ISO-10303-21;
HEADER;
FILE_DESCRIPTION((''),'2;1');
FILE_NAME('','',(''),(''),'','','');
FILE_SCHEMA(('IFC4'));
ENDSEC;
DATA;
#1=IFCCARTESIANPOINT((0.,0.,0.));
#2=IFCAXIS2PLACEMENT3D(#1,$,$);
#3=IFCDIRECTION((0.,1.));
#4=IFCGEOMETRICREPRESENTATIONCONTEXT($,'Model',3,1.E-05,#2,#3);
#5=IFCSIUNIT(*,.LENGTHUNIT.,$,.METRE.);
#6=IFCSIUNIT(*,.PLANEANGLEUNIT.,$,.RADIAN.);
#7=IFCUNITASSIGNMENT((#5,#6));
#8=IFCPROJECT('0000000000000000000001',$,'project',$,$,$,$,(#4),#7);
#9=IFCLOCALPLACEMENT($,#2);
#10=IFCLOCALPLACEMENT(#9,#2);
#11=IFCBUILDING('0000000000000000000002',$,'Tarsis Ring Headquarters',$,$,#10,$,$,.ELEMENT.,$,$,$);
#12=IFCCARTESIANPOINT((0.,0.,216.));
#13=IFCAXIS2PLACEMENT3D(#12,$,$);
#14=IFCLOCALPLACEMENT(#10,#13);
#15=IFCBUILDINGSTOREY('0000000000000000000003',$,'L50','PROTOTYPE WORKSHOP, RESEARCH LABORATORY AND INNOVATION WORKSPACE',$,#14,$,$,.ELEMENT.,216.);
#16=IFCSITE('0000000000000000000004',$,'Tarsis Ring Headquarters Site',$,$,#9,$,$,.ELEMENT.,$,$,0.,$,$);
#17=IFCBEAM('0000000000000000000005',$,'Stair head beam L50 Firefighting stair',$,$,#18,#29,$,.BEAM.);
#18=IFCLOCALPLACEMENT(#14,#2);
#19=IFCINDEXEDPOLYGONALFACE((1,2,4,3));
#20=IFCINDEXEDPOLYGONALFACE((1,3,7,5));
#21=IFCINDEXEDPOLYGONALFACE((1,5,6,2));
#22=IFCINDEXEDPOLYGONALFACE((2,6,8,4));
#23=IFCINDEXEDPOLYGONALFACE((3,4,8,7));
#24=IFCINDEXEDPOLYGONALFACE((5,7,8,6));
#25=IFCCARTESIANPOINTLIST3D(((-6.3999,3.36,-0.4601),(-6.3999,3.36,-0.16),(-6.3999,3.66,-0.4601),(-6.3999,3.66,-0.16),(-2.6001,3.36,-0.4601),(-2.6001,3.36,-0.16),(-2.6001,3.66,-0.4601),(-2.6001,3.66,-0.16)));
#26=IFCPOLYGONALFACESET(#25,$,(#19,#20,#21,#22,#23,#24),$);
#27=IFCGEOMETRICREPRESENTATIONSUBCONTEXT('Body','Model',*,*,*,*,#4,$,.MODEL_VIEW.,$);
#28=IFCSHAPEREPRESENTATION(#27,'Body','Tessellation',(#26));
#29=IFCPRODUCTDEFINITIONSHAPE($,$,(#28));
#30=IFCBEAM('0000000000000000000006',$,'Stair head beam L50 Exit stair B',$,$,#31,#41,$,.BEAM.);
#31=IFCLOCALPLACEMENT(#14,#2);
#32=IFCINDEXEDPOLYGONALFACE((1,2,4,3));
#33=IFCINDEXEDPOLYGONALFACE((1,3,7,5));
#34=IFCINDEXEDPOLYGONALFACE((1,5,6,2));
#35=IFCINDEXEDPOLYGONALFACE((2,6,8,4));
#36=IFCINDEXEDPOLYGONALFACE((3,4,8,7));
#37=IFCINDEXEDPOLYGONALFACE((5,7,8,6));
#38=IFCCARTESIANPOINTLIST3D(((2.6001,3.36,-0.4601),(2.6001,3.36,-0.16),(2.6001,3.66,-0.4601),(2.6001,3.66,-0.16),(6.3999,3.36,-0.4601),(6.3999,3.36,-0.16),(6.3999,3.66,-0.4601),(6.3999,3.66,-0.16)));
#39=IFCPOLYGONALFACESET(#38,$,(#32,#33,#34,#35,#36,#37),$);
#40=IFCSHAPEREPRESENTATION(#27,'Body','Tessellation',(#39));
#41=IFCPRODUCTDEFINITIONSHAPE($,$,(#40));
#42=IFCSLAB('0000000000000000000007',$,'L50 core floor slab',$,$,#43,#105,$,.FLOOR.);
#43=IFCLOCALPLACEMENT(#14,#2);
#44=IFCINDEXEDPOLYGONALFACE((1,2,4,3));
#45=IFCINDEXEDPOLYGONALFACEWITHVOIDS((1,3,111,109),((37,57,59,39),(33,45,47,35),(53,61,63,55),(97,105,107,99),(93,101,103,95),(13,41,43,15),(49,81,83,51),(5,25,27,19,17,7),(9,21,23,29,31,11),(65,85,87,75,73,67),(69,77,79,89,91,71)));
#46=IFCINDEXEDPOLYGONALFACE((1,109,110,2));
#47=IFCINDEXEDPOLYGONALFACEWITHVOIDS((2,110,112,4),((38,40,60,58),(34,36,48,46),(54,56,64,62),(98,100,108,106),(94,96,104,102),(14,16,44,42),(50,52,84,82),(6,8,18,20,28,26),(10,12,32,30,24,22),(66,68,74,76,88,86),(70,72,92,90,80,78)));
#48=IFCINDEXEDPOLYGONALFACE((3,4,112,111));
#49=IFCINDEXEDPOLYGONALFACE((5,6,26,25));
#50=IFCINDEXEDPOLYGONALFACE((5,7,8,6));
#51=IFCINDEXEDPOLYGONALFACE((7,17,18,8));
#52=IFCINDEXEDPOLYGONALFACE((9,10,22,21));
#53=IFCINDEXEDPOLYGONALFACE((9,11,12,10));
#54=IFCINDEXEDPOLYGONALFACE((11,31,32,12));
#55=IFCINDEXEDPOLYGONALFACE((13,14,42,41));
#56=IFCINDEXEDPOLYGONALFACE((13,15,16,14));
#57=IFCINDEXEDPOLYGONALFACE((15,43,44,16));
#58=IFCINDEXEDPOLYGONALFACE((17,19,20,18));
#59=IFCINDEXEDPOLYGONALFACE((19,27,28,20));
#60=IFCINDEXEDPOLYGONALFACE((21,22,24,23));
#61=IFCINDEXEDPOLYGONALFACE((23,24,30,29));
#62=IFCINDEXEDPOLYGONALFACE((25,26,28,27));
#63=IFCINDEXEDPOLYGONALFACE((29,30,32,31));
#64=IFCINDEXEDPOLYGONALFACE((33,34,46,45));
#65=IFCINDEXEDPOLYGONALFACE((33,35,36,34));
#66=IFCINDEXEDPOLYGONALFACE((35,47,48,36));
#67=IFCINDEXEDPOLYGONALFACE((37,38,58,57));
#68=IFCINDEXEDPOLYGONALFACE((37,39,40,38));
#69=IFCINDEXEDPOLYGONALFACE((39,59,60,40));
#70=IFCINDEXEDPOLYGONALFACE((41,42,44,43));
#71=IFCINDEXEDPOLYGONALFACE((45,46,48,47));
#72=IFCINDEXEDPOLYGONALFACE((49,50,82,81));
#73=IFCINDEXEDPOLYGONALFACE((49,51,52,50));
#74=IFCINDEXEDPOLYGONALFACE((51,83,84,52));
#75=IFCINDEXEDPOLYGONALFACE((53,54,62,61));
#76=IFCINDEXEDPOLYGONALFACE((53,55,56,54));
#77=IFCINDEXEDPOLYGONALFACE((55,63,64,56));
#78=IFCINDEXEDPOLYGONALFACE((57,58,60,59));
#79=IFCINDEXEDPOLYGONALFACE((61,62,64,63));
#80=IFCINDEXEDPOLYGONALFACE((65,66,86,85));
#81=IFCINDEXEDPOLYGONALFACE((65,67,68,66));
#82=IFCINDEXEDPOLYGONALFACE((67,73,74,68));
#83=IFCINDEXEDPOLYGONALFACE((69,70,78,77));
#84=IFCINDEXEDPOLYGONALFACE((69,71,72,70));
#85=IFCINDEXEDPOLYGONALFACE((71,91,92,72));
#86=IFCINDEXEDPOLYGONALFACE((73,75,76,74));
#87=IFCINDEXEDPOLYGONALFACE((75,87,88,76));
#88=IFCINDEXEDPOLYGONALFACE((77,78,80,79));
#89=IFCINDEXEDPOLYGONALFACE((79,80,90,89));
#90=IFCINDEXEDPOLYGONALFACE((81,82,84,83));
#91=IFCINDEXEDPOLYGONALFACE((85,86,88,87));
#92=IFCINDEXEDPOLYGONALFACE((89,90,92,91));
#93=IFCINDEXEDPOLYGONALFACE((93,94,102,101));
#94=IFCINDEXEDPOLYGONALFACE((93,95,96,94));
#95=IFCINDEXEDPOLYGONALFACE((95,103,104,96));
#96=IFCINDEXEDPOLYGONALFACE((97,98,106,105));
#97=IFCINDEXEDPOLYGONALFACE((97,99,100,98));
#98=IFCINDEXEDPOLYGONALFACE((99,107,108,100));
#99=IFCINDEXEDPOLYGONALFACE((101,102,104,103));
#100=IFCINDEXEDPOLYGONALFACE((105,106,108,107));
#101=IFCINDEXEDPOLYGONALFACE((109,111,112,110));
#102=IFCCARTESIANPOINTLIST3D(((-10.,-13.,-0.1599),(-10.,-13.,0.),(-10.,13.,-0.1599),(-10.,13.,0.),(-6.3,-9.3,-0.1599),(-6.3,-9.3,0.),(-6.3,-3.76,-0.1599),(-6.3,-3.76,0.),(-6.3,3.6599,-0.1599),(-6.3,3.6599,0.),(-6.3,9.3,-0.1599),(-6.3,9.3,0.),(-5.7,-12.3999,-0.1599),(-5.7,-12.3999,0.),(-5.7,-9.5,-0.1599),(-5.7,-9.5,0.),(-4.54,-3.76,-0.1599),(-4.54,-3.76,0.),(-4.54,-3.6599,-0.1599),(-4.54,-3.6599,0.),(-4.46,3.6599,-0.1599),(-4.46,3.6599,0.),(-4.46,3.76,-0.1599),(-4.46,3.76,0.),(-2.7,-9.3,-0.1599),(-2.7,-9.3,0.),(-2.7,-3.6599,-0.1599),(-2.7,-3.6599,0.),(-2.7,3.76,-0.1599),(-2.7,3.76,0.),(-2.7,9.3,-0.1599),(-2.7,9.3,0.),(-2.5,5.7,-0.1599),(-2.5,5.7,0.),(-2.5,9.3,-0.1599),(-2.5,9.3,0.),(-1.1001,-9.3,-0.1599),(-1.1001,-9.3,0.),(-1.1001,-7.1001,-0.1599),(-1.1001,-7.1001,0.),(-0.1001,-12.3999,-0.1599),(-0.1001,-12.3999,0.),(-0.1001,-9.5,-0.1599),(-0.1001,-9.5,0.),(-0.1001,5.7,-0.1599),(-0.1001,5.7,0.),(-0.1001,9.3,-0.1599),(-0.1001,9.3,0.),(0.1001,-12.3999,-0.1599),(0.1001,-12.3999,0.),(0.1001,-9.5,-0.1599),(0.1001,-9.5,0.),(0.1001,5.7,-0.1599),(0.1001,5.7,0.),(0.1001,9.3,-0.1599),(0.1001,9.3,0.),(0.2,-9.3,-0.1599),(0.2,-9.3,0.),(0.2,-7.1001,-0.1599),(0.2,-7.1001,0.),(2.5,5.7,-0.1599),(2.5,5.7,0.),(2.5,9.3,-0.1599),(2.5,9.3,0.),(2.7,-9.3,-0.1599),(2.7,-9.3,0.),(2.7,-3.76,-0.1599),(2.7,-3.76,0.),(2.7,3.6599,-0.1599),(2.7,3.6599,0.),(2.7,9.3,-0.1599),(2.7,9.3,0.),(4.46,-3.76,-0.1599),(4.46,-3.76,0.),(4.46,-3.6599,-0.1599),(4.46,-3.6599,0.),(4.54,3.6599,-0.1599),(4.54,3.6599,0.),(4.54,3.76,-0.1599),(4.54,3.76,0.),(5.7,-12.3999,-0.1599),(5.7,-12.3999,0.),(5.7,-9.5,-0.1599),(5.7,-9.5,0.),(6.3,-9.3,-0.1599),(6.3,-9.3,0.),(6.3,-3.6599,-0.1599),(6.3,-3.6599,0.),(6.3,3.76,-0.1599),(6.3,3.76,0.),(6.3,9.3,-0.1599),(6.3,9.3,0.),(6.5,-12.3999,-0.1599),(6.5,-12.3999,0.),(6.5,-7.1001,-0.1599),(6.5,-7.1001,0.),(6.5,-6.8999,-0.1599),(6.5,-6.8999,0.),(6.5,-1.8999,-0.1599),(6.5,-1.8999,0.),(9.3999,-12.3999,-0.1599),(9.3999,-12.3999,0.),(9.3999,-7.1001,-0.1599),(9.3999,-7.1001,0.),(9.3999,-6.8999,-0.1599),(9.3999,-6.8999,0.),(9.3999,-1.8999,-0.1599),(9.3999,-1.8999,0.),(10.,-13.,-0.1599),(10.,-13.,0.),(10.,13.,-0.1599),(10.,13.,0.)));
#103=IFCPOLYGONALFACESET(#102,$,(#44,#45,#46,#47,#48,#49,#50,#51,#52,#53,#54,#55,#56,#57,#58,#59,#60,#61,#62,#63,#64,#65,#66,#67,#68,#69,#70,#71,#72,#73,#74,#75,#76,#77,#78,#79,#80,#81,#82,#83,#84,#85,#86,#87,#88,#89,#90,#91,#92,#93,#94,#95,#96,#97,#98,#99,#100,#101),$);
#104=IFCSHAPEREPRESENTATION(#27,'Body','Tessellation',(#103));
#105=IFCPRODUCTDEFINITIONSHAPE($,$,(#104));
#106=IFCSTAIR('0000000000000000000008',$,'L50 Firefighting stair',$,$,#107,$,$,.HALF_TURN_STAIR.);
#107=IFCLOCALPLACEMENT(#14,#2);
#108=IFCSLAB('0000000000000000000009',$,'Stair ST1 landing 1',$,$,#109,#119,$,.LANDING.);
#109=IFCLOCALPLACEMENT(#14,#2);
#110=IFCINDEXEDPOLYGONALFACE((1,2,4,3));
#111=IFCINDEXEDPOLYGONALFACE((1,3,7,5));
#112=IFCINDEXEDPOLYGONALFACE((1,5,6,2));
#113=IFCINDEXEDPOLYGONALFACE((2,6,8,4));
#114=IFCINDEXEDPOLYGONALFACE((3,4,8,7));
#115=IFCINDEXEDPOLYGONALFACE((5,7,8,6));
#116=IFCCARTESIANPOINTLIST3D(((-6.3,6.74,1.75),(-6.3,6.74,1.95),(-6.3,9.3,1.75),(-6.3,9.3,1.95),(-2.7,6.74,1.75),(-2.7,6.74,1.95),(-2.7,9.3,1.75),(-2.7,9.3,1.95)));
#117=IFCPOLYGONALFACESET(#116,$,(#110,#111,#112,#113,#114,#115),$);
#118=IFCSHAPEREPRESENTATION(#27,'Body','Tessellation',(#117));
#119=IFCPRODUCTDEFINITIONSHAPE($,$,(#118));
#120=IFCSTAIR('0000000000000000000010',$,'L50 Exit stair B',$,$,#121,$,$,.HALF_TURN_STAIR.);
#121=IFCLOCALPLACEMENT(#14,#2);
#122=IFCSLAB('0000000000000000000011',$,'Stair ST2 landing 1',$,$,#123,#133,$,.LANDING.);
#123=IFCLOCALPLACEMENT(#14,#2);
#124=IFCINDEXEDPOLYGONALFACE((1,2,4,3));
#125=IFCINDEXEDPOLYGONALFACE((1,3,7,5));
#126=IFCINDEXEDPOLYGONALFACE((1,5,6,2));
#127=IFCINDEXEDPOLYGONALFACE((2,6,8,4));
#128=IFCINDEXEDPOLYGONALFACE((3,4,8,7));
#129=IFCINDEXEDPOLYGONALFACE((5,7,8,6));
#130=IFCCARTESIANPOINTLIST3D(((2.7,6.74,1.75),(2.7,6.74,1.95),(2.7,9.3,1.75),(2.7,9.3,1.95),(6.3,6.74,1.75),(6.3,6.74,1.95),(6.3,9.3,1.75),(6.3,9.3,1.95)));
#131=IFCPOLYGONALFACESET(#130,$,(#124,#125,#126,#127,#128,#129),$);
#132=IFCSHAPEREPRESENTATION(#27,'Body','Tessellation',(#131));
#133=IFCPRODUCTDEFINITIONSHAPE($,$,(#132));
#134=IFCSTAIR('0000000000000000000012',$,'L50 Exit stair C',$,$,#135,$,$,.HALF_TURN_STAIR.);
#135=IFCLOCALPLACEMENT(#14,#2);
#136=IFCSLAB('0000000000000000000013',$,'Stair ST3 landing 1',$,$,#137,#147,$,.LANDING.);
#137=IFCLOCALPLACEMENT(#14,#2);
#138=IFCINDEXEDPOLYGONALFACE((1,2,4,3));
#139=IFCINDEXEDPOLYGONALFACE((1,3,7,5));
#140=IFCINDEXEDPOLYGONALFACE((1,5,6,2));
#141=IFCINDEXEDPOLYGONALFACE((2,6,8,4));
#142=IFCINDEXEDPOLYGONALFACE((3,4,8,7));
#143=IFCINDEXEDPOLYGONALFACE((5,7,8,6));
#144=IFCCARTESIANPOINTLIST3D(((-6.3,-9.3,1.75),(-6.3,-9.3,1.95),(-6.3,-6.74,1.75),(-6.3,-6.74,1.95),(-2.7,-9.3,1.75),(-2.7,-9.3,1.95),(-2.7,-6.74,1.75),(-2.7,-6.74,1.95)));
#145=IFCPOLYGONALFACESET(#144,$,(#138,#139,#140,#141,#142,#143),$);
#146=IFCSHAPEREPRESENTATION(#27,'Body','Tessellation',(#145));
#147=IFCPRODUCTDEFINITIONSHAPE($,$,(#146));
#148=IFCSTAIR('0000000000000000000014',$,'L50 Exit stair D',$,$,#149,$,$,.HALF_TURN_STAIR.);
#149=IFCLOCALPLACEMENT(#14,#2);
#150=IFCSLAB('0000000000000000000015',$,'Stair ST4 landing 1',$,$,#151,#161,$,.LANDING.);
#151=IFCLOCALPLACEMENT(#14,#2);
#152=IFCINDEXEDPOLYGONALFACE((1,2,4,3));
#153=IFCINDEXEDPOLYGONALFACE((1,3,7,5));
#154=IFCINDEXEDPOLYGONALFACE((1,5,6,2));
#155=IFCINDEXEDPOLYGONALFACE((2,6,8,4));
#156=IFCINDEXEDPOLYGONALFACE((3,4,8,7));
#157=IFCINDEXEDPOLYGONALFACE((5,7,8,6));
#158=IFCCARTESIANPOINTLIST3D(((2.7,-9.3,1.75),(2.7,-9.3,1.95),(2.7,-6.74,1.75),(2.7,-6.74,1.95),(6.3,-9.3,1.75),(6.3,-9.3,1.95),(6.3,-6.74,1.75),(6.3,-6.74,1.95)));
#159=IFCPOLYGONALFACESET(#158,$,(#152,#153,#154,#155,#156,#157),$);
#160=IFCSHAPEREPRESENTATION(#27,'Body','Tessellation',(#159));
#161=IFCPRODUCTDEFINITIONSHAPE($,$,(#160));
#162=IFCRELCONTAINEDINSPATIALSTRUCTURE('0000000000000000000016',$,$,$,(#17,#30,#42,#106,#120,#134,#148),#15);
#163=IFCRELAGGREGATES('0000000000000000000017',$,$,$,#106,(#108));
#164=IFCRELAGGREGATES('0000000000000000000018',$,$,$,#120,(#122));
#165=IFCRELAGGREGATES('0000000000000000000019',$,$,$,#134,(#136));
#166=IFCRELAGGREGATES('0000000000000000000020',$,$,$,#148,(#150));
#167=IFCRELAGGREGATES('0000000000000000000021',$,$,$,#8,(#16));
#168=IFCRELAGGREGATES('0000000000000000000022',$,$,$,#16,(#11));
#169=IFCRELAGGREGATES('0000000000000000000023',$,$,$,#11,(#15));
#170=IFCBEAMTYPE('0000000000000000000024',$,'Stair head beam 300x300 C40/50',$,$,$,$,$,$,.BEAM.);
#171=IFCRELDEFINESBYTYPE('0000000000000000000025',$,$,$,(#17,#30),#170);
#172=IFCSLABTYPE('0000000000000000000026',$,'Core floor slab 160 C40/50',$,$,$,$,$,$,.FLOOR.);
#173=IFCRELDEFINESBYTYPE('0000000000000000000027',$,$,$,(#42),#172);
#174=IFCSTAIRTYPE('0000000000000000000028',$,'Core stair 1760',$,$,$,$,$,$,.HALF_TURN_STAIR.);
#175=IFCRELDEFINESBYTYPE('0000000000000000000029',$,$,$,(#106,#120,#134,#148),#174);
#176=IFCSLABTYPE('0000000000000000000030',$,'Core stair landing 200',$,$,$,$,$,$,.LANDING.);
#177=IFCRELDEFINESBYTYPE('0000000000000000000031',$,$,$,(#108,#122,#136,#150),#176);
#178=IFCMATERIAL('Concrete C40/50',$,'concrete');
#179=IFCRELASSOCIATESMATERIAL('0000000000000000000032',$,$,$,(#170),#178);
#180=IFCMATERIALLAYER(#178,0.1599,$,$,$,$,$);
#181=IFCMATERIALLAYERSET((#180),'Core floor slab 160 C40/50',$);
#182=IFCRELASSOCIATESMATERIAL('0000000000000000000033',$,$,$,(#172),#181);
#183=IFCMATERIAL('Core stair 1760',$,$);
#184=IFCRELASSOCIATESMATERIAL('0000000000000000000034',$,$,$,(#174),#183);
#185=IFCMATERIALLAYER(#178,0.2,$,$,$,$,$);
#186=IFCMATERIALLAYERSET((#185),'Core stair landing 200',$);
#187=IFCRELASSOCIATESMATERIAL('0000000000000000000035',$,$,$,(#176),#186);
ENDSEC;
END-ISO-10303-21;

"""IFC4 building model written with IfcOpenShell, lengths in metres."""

from ifc_helpers import new_model, si_unit, direction, frame, origin, origin_2d, place, context, subcontext, project, spatial, polyline, rectangle, outline, extrude, material, layer, layer_set, material_profile, profile_set, type_object, element, aggregate, save


model = new_model("IFC4")

# Units and contexts
model_context = context("Model", 3, precision=1e-05, world=origin(), true_north=direction((0.0, 1.0)))
body_context = subcontext(model_context, "Body", "Model", "MODEL_VIEW")
ifc_project = project(units=[si_unit("LENGTHUNIT", "METRE"), si_unit("PLANEANGLEUNIT", "RADIAN")], contexts=[model_context])

# Site, building, storey
site_placement = place(None, origin())
site = spatial("IfcSite", under=ifc_project, at=site_placement, Name="Tarsis Ring Headquarters Site", CompositionType="ELEMENT", RefElevation=0.0)
building_placement = place(site_placement, origin())
building = spatial("IfcBuilding", under=site, at=building_placement, Name="Tarsis Ring Headquarters", CompositionType="ELEMENT")
storey_placement = place(building_placement, frame((0.0, 0.0, 216.0)))
storey = spatial("IfcBuildingStorey", under=building, at=storey_placement, Name="L50", Description="PROTOTYPE WORKSHOP, RESEARCH LABORATORY AND INNOVATION WORKSPACE", CompositionType="ELEMENT", Elevation=216.0)

# Beams
ifc_material_1 = material(Name="Concrete C40/50", Category="concrete")
ifc_material_profile = material_profile(ifc_material_1, rectangle(XDim=0.3, YDim=0.3, at=origin_2d()), Name="Stair head beam 300x300 C40/50")
ifc_profile_set = profile_set([ifc_material_profile], Name="Concrete C40/50")
beam_type = type_object("IfcBeamType", Name="Stair head beam 300x300 C40/50", PredefinedType="BEAM", material=ifc_profile_set)
for number, where, z_axis, x_axis, name in (
    (1, (-6.3999, 3.51, -0.3101), (1.0, 0.0, 0.0), (0.0, 1.0, 0.0), "Stair head beam L50 Firefighting stair"),
    (2, (2.6001, 3.51, -0.3101), (1.0, 0.0, 0.0), (0.0, 1.0, 0.0), "Stair head beam L50 Exit stair B"),
):
    element("IfcBeam", number, at=place(storey_placement, frame(where, z_axis=z_axis, x_axis=x_axis)), inside=storey, type_object=beam_type, Name=name, PredefinedType="BEAM", context=body_context, shape_type="SweptSolid", body=[
        extrude(rectangle(XDim=0.3, YDim=0.3, at=origin_2d()), origin(), (0.0, 0.0, 1.0), 3.7998),
    ])

# Slab
ifc_layer_1 = layer(ifc_material_1, 0.1599)
ifc_layer_set_1 = layer_set([ifc_layer_1], Name="Core floor slab 160 C40/50")
slab_type_1 = type_object("IfcSlabType", Name="Core floor slab 160 C40/50", PredefinedType="FLOOR", material=ifc_layer_set_1)
slab_1_placement = place(storey_placement, frame((0.0, 0.0, -0.1599)))
element("IfcSlab", 3, at=slab_1_placement, inside=storey, type_object=slab_type_1, Name="L50 core floor slab", PredefinedType="FLOOR", context=body_context, shape_type="SweptSolid", body=[
    extrude(outline(polyline([(-10.0, -13.0), (10.0, -13.0), (10.0, 13.0), (-10.0, 13.0), (-10.0, -13.0)]), holes=[polyline([(-2.5, 5.7), (-0.1001, 5.7), (-0.1001, 9.3), (-2.5, 9.3), (-2.5, 5.7)]), polyline([(0.1001, 5.7), (2.5, 5.7), (2.5, 9.3), (0.1001, 9.3), (0.1001, 5.7)]), polyline([(6.5, -12.3999), (9.3999, -12.3999), (9.3999, -7.1001), (6.5, -7.1001), (6.5, -12.3999)]), polyline([(6.5, -6.8999), (9.3999, -6.8999), (9.3999, -1.8999), (6.5, -1.8999), (6.5, -6.8999)]), polyline([(-5.7, -12.3999), (-0.1001, -12.3999), (-0.1001, -9.5), (-5.7, -9.5), (-5.7, -12.3999)]), polyline([(0.1001, -12.3999), (5.7, -12.3999), (5.7, -9.5), (0.1001, -9.5), (0.1001, -12.3999)]), polyline([(-1.1001, -9.3), (0.2, -9.3), (0.2, -7.1001), (-1.1001, -7.1001), (-1.1001, -9.3)]), polyline([(-2.7, 3.76), (-2.7, 9.3), (-6.3, 9.3), (-6.3, 3.6599), (-4.46, 3.6599), (-4.46, 3.76), (-2.7, 3.76)]), polyline([(6.3, 3.76), (6.3, 9.3), (2.7, 9.3), (2.7, 3.6599), (4.54, 3.6599), (4.54, 3.76), (6.3, 3.76)]), polyline([(-6.3, -3.76), (-6.3, -9.3), (-2.7, -9.3), (-2.7, -3.6599), (-4.54, -3.6599), (-4.54, -3.76), (-6.3, -3.76)]), polyline([(2.7, -3.76), (2.7, -9.3), (6.3, -9.3), (6.3, -3.6599), (4.46, -3.6599), (4.46, -3.76), (2.7, -3.76)])]), origin(), (0.0, 0.0, 1.0), 0.1599),
])

# Stairs, slabs
ifc_material_2 = material(Name="Core stair 1760")
stair_type = type_object("IfcStairType", Name="Core stair 1760", PredefinedType="HALF_TURN_STAIR", material=ifc_material_2)
stair_1_placement = place(storey_placement, origin())
stair_1 = element("IfcStair", 4, at=stair_1_placement, inside=storey, type_object=stair_type, Name="L50 Firefighting stair", PredefinedType="HALF_TURN_STAIR")
ifc_layer_2 = layer(ifc_material_1, 0.2)
ifc_layer_set_2 = layer_set([ifc_layer_2], Name="Core stair landing 200")
slab_type_2 = type_object("IfcSlabType", Name="Core stair landing 200", PredefinedType="LANDING", material=ifc_layer_set_2)
slab_2_placement = place(storey_placement, frame((0.0, 0.0, 1.75)))
slab_2 = element("IfcSlab", 5, at=slab_2_placement, type_object=slab_type_2, Name="Stair ST1 landing 1", PredefinedType="LANDING", context=body_context, shape_type="SweptSolid", body=[
    extrude(outline(polyline([(-2.7, 6.74), (-2.7, 9.3), (-6.3, 9.3), (-6.3, 6.74), (-2.7, 6.74)])), origin(), (0.0, 0.0, 1.0), 0.2),
])
aggregate(stair_1, [slab_2])
stair_2_placement = place(storey_placement, origin())
stair_2 = element("IfcStair", 6, at=stair_2_placement, inside=storey, type_object=stair_type, Name="L50 Exit stair B", PredefinedType="HALF_TURN_STAIR")
slab_3_placement = place(storey_placement, frame((0.0, 0.0, 1.75)))
slab_3 = element("IfcSlab", 7, at=slab_3_placement, type_object=slab_type_2, Name="Stair ST2 landing 1", PredefinedType="LANDING", context=body_context, shape_type="SweptSolid", body=[
    extrude(outline(polyline([(6.3, 6.74), (6.3, 9.3), (2.7, 9.3), (2.7, 6.74), (6.3, 6.74)])), origin(), (0.0, 0.0, 1.0), 0.2),
])
aggregate(stair_2, [slab_3])
stair_3_placement = place(storey_placement, origin())
stair_3 = element("IfcStair", 8, at=stair_3_placement, inside=storey, type_object=stair_type, Name="L50 Exit stair C", PredefinedType="HALF_TURN_STAIR")
slab_4_placement = place(storey_placement, frame((0.0, 0.0, 1.75)))
slab_4 = element("IfcSlab", 9, at=slab_4_placement, type_object=slab_type_2, Name="Stair ST3 landing 1", PredefinedType="LANDING", context=body_context, shape_type="SweptSolid", body=[
    extrude(outline(polyline([(-6.3, -6.74), (-6.3, -9.3), (-2.7, -9.3), (-2.7, -6.74), (-6.3, -6.74)])), origin(), (0.0, 0.0, 1.0), 0.2),
])
aggregate(stair_3, [slab_4])
stair_4_placement = place(storey_placement, origin())
stair_4 = element("IfcStair", 10, at=stair_4_placement, inside=storey, type_object=stair_type, Name="L50 Exit stair D", PredefinedType="HALF_TURN_STAIR")
slab_5_placement = place(storey_placement, frame((0.0, 0.0, 1.75)))
slab_5 = element("IfcSlab", 11, at=slab_5_placement, type_object=slab_type_2, Name="Stair ST4 landing 1", PredefinedType="LANDING", context=body_context, shape_type="SweptSolid", body=[
    extrude(outline(polyline([(2.7, -6.74), (2.7, -9.3), (6.3, -9.3), (6.3, -6.74), (2.7, -6.74)])), origin(), (0.0, 0.0, 1.0), 0.2),
])
aggregate(stair_4, [slab_5])

save(model, "model.ifc")
